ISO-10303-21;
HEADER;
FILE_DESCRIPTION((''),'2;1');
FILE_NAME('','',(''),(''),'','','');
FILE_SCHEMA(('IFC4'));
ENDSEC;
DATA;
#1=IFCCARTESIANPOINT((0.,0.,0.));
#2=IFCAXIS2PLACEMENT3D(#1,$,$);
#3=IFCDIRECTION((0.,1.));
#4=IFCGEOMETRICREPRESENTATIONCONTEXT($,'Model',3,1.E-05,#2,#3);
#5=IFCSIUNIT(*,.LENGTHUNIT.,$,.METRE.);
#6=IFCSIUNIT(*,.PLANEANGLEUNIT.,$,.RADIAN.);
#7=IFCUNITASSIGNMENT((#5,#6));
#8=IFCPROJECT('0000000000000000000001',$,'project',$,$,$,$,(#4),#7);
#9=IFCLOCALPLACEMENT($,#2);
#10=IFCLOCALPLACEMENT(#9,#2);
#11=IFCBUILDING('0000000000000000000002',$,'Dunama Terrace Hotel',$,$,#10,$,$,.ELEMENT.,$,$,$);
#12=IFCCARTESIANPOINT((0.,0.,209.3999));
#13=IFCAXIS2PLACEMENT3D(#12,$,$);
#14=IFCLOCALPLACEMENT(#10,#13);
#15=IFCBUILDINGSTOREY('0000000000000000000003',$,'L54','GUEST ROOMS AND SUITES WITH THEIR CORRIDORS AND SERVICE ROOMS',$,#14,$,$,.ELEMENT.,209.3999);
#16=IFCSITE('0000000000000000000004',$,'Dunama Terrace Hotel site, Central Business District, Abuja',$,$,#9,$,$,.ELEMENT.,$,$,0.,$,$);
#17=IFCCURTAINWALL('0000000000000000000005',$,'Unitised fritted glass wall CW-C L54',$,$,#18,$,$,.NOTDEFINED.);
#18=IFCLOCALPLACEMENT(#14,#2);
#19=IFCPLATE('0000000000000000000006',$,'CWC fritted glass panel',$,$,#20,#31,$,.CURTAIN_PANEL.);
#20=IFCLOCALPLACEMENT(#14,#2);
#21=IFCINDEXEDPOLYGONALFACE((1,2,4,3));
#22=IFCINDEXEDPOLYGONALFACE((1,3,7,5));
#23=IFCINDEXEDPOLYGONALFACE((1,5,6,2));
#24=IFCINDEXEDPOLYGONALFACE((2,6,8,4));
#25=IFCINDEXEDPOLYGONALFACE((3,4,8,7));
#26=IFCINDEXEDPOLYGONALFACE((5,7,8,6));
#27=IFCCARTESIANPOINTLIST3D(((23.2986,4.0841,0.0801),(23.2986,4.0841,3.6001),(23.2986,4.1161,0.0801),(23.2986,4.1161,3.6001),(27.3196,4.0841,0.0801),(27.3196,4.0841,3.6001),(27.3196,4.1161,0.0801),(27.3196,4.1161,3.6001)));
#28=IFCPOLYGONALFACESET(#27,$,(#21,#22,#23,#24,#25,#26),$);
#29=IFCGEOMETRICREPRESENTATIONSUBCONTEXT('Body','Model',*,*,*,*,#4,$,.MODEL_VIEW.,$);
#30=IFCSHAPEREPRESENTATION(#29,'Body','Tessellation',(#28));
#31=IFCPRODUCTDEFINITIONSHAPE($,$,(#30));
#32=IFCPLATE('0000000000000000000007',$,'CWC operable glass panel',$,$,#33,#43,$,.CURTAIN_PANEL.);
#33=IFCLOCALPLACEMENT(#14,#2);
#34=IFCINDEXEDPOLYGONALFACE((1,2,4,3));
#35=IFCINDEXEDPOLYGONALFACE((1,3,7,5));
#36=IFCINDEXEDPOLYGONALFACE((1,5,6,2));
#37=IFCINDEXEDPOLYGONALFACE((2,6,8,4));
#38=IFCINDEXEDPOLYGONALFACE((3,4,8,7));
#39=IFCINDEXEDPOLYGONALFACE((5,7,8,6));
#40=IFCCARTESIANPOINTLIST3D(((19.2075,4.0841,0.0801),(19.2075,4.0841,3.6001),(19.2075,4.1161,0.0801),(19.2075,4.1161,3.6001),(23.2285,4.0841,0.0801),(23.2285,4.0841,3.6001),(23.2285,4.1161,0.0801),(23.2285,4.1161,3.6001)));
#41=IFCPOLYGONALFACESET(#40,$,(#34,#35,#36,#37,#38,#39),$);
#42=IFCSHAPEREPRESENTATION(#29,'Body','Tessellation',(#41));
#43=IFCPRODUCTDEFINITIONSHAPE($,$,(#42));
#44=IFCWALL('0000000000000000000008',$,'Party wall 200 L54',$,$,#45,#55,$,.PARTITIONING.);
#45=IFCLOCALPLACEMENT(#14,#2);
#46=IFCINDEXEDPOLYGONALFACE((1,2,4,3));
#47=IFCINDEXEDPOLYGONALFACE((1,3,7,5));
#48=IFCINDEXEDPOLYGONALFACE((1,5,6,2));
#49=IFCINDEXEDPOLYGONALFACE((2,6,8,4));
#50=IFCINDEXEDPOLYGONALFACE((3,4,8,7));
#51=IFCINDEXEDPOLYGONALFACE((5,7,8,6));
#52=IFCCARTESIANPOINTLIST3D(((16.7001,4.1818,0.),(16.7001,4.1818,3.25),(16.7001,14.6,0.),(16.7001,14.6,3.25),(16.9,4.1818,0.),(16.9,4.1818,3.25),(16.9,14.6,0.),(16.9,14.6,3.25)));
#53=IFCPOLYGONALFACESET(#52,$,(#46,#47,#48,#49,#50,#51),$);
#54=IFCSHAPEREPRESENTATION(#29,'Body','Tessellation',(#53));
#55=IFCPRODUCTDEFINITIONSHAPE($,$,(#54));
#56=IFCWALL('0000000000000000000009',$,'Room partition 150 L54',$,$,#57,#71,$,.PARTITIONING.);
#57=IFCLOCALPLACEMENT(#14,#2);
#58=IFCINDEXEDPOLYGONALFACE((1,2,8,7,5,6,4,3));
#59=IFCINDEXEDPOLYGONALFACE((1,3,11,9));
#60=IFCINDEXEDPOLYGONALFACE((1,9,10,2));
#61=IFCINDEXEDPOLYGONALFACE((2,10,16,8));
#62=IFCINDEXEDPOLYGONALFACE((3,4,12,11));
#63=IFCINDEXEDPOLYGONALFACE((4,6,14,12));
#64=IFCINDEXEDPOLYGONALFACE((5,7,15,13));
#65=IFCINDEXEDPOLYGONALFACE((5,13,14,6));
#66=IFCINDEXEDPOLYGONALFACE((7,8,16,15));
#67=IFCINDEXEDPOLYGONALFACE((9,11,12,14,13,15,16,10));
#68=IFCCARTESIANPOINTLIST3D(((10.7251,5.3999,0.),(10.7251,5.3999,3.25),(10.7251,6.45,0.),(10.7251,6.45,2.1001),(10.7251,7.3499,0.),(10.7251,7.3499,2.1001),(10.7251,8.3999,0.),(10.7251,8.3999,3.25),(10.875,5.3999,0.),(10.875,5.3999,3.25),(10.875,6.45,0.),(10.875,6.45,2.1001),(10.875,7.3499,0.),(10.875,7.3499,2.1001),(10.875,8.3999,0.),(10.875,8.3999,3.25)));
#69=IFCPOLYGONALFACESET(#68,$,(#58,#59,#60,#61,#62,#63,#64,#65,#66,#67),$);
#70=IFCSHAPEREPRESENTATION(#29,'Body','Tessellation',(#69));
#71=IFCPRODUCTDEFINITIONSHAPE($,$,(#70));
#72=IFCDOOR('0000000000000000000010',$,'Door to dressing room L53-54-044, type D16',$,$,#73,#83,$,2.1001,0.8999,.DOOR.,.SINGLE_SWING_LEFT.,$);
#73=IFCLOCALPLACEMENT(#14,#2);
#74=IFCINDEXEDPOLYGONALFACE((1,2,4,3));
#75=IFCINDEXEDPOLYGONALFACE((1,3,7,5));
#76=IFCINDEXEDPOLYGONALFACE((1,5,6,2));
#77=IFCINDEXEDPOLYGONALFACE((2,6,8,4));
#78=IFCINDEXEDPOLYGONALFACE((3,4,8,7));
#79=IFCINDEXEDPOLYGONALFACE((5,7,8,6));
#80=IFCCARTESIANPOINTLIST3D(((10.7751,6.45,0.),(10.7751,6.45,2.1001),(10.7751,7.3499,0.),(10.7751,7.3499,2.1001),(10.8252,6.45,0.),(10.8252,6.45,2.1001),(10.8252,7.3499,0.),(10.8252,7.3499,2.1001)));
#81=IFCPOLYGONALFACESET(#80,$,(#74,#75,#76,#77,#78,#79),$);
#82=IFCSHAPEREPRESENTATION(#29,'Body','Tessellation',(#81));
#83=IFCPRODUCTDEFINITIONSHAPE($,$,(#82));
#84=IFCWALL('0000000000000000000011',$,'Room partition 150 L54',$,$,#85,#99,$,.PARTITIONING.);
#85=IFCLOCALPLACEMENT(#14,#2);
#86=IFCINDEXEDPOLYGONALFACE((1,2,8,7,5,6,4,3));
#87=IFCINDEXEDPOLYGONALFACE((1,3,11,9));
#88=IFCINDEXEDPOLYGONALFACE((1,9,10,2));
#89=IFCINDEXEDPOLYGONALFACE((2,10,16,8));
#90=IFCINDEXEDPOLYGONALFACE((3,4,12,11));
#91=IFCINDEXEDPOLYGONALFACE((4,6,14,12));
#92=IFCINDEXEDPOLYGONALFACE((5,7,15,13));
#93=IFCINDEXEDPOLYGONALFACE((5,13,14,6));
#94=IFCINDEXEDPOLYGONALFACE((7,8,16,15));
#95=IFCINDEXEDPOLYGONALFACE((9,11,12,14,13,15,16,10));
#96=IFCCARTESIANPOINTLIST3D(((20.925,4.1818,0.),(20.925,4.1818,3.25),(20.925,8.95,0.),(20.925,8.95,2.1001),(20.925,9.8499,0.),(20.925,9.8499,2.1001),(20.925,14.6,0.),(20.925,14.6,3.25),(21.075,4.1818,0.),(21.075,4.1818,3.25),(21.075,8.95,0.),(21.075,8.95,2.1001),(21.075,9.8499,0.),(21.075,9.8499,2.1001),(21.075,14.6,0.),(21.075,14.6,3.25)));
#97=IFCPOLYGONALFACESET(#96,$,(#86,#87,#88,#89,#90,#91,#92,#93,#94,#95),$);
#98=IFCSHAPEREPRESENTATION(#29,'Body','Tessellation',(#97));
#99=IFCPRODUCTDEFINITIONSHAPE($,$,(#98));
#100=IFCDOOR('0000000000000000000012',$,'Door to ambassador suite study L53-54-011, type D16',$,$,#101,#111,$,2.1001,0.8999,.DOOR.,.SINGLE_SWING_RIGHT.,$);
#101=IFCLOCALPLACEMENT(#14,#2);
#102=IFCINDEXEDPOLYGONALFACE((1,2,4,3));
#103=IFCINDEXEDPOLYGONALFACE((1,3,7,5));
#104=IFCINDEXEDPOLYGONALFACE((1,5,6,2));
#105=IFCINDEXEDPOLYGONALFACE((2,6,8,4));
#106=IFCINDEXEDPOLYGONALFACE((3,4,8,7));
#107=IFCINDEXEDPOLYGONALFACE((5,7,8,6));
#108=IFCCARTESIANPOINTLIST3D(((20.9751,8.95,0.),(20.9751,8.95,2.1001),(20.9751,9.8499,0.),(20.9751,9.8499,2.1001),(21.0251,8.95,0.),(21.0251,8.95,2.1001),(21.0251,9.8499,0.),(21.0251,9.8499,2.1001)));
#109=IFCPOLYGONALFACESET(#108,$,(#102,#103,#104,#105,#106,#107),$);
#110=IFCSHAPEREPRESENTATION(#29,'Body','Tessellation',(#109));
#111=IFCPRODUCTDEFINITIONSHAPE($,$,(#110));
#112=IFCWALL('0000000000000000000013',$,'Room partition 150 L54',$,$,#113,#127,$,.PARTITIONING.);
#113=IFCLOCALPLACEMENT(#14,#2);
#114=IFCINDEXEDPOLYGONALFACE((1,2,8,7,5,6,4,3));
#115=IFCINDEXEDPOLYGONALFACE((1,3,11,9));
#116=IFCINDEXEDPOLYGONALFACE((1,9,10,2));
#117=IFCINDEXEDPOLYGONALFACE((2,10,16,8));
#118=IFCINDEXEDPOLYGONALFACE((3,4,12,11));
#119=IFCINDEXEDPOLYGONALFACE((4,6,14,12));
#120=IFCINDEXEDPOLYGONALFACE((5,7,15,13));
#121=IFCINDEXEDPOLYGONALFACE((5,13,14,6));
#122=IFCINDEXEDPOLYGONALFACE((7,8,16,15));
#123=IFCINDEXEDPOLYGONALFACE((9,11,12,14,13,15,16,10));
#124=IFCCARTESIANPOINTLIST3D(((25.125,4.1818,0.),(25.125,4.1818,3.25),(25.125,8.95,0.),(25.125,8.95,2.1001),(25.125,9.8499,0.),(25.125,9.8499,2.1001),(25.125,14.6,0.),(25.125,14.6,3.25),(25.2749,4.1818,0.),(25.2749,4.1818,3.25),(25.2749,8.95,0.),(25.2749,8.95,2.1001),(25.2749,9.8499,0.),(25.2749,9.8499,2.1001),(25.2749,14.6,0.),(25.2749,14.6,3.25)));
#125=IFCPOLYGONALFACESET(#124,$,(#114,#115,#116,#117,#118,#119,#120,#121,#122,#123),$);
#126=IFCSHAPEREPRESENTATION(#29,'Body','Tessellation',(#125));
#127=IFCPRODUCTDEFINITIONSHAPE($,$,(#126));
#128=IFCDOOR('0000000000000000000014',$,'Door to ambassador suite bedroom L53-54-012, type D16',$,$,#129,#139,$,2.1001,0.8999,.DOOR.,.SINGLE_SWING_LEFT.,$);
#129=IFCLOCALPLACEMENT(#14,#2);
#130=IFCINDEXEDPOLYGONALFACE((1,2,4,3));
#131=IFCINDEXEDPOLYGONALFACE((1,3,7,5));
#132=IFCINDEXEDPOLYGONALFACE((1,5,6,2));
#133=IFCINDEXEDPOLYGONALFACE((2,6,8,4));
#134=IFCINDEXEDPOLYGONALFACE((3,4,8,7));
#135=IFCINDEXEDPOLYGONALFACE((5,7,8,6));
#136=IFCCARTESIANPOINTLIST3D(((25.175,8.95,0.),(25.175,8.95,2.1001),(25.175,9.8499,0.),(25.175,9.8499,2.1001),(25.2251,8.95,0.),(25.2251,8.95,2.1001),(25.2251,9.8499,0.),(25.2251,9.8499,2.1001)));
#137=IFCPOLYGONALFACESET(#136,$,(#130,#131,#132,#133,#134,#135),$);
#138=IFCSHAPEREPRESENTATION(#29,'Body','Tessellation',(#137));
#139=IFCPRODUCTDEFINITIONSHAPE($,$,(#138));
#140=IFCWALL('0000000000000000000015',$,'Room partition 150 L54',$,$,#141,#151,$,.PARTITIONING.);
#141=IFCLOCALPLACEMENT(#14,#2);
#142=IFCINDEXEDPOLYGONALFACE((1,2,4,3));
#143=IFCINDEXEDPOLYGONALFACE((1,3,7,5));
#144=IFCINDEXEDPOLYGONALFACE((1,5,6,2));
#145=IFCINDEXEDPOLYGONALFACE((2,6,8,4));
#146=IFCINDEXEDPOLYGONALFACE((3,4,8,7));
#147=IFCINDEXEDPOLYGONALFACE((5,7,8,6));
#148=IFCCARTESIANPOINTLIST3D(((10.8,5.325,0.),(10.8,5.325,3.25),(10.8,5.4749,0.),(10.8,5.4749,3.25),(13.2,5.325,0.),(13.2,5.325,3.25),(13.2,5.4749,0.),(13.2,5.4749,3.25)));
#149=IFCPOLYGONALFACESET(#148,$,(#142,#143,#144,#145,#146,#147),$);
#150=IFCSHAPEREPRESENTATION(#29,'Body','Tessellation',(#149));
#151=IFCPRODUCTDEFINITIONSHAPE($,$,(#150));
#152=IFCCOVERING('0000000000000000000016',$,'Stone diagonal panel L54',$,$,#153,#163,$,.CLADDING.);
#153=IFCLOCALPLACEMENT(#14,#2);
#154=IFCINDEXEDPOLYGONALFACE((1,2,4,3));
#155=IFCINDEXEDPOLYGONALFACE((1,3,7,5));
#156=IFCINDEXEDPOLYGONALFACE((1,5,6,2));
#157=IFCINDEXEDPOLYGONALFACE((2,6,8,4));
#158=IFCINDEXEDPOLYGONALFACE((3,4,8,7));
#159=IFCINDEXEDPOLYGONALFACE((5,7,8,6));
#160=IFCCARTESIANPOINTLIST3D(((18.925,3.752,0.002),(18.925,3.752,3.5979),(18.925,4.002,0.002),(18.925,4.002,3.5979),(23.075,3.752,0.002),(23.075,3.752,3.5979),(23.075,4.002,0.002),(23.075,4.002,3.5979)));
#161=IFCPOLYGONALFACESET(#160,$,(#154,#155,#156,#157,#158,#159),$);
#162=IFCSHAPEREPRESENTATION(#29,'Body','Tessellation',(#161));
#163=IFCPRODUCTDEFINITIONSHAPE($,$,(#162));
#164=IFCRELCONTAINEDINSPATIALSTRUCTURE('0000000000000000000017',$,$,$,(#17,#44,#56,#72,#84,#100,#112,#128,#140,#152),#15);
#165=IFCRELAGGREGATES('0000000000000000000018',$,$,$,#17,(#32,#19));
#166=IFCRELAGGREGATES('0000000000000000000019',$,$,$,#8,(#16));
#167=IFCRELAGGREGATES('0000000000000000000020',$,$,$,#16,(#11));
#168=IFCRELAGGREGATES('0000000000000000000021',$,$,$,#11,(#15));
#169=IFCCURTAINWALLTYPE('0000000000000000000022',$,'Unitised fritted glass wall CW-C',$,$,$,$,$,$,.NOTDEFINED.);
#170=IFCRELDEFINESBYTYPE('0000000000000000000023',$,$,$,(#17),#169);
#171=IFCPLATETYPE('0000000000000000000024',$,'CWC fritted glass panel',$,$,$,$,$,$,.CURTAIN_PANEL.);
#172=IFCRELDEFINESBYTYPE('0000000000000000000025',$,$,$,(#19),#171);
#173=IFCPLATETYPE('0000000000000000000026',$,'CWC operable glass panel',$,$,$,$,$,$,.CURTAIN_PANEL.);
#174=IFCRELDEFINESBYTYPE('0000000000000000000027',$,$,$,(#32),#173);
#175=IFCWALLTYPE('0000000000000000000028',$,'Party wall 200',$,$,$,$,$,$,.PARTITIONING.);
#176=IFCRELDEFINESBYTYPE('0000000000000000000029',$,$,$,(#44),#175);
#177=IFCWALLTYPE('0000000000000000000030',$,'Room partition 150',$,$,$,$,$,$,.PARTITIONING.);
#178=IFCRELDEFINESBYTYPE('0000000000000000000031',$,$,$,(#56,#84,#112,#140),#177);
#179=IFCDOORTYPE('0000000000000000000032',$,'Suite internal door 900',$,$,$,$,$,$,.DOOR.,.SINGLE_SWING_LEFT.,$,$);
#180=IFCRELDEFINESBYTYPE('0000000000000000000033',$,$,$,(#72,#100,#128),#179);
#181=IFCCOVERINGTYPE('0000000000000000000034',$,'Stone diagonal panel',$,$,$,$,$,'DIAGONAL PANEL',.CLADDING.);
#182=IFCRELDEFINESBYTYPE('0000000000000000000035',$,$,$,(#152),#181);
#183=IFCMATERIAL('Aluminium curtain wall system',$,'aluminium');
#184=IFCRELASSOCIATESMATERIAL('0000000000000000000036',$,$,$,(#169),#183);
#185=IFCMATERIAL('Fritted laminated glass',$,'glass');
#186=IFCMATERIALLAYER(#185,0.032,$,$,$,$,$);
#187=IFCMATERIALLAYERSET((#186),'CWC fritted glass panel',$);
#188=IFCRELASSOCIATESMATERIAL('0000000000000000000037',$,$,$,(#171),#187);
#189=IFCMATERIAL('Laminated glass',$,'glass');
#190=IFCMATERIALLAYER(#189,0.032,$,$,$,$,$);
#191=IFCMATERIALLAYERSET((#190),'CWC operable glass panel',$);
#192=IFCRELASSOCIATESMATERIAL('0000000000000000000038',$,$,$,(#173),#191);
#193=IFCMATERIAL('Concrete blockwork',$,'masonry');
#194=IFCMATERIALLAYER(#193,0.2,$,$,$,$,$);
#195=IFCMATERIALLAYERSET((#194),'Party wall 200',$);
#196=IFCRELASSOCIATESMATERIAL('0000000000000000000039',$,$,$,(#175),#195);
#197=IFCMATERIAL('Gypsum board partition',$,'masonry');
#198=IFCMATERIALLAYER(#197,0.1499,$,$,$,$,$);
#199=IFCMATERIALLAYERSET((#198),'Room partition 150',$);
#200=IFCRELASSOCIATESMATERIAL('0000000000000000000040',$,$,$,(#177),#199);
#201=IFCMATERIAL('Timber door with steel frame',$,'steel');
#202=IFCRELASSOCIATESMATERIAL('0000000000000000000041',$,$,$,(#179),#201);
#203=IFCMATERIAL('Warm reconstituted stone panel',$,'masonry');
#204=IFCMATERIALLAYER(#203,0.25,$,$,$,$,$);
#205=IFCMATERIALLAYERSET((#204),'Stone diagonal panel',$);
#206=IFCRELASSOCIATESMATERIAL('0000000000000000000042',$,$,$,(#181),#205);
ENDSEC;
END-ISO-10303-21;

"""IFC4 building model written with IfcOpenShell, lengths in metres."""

from ifc_helpers import new_model, si_unit, direction, frame, frame_2d, origin, origin_2d, place, context, subcontext, project, spatial, rectangle, extrude, material, layer, layer_set, type_object, element, fill, aggregate, save


model = new_model("IFC4")

# Units and contexts
model_context = context("Model", 3, precision=1e-05, world=origin(), true_north=direction((0.0, 1.0)))
body_context = subcontext(model_context, "Body", "Model", "MODEL_VIEW")
ifc_project = project(units=[si_unit("LENGTHUNIT", "METRE"), si_unit("PLANEANGLEUNIT", "RADIAN")], contexts=[model_context])

# Site, building, storey
site_placement = place(None, origin())
site = spatial("IfcSite", under=ifc_project, at=site_placement, Name="Dunama Terrace Hotel site, Central Business District, Abuja", CompositionType="ELEMENT", RefElevation=0.0)
building_placement = place(site_placement, origin())
building = spatial("IfcBuilding", under=site, at=building_placement, Name="Dunama Terrace Hotel", CompositionType="ELEMENT")
storey_placement = place(building_placement, frame((0.0, 0.0, 209.3999)))
storey = spatial("IfcBuildingStorey", under=building, at=storey_placement, Name="L54", Description="GUEST ROOMS AND SUITES WITH THEIR CORRIDORS AND SERVICE ROOMS", CompositionType="ELEMENT", Elevation=209.3999)

# Curtain wall
ifc_material_1 = material(Name="Aluminium curtain wall system", Category="aluminium")
curtain_wall_type = type_object("IfcCurtainWallType", Name="Unitised fritted glass wall CW-C", PredefinedType="NOTDEFINED", material=ifc_material_1)
curtain_wall_placement = place(storey_placement, origin())
curtain_wall = element("IfcCurtainWall", 1, at=curtain_wall_placement, inside=storey, type_object=curtain_wall_type, Name="Unitised fritted glass wall CW-C L54", PredefinedType="NOTDEFINED")

# Plates
ifc_material_2 = material(Name="Fritted laminated glass", Category="glass")
ifc_layer_1 = layer(ifc_material_2, 0.032)
ifc_layer_set_1 = layer_set([ifc_layer_1], Name="CWC fritted glass panel")
plate_type_1 = type_object("IfcPlateType", Name="CWC fritted glass panel", PredefinedType="CURTAIN_PANEL", material=ifc_layer_set_1)
plate_1_placement = place(storey_placement, frame((25.3091, 4.1001, 0.0801), z_axis=(0.0, 0.0, 1.0), x_axis=(1.0, 0.0, 0.0)))
plate_1 = element("IfcPlate", 2, at=plate_1_placement, type_object=plate_type_1, Name="CWC fritted glass panel", PredefinedType="CURTAIN_PANEL", context=body_context, shape_type="SweptSolid", body=[
    extrude(rectangle(XDim=4.021, YDim=0.032, at=origin_2d()), origin(), (0.0, 0.0, 1.0), 3.52),
])
ifc_material_3 = material(Name="Laminated glass", Category="glass")
ifc_layer_2 = layer(ifc_material_3, 0.032)
ifc_layer_set_2 = layer_set([ifc_layer_2], Name="CWC operable glass panel")
plate_type_2 = type_object("IfcPlateType", Name="CWC operable glass panel", PredefinedType="CURTAIN_PANEL", material=ifc_layer_set_2)
plate_2_placement = place(storey_placement, frame((21.218, 4.1001, 0.0801), z_axis=(0.0, 0.0, 1.0), x_axis=(1.0, 0.0, 0.0)))
plate_2 = element("IfcPlate", 3, at=plate_2_placement, type_object=plate_type_2, Name="CWC operable glass panel", PredefinedType="CURTAIN_PANEL", context=body_context, shape_type="SweptSolid", body=[
    extrude(rectangle(XDim=4.021, YDim=0.032, at=origin_2d()), origin(), (0.0, 0.0, 1.0), 3.52),
])
aggregate(curtain_wall, [plate_2, plate_1])

# Wall
ifc_material_4 = material(Name="Concrete blockwork", Category="masonry")
ifc_layer_3 = layer(ifc_material_4, 0.2)
ifc_layer_set_3 = layer_set([ifc_layer_3], Name="Party wall 200")
wall_type_1 = type_object("IfcWallType", Name="Party wall 200", PredefinedType="PARTITIONING", material=ifc_layer_set_3)
wall_1_placement = place(storey_placement, frame((16.8, 4.1819, 0.0), z_axis=(0.0, 0.0, 1.0), x_axis=(0.0, 1.0, 0.0)))
element("IfcWall", 4, at=wall_1_placement, inside=storey, type_object=wall_type_1, Name="Party wall 200 L54", PredefinedType="PARTITIONING", context=body_context, shape_type="SweptSolid", body=[
    extrude(rectangle(XDim=10.4182, YDim=0.2, at=frame_2d((5.209, 0.0))), origin(), (0.0, 0.0, 1.0), 3.25),
])

# Walls, openings, doors
ifc_material_5 = material(Name="Gypsum board partition", Category="masonry")
ifc_layer_4 = layer(ifc_material_5, 0.1499)
ifc_layer_set_4 = layer_set([ifc_layer_4], Name="Room partition 150")
wall_type_2 = type_object("IfcWallType", Name="Room partition 150", PredefinedType="PARTITIONING", material=ifc_layer_set_4)
wall_2_placement = place(storey_placement, frame((10.8, 5.3999, 0.0), z_axis=(0.0, 0.0, 1.0), x_axis=(0.0, 1.0, 0.0)))
wall_2 = element("IfcWall", 5, at=wall_2_placement, inside=storey, type_object=wall_type_2, Name="Room partition 150 L54", PredefinedType="PARTITIONING", context=body_context, shape_type="SweptSolid", body=[
    extrude(rectangle(XDim=3.0, YDim=0.1499, at=frame_2d((1.5, 0.0))), origin(), (0.0, 0.0, 1.0), 3.25),
])
opening_1_placement = place(wall_2_placement, frame((1.05, 0.0, 0.0)))
opening_1 = element("IfcOpeningElement", 6, at=opening_1_placement, cuts=wall_2, PredefinedType="OPENING", context=body_context, shape_type="SweptSolid", body=[
    extrude(rectangle(XDim=0.8999, YDim=2.1001, at=frame_2d((0.45, 1.05))), frame((0.0, 0.085, 0.0), z_axis=(0.0, -1.0, 0.0), x_axis=(1.0, 0.0, 0.0)), (0.0, 0.0, 1.0), 0.1699),
])
ifc_material_6 = material(Name="Timber door with steel frame", Category="steel")
door_type = type_object("IfcDoorType", Name="Suite internal door 900", OperationType="SINGLE_SWING_LEFT", PredefinedType="DOOR", material=ifc_material_6)
door_1_placement = place(opening_1_placement, frame((0.8999, 0.0, 0.0), z_axis=(0.0, 0.0, 1.0), x_axis=(-1.0, 0.0, 0.0)))
door_1 = element("IfcDoor", 7, at=door_1_placement, inside=storey, type_object=door_type, Name="Door to dressing room L53-54-044, type D16", OperationType="SINGLE_SWING_LEFT", OverallHeight=2.1001, OverallWidth=0.8999, PredefinedType="DOOR", context=body_context, shape_type="SweptSolid", body=[
    extrude(rectangle(XDim=0.8999, YDim=2.1001, at=frame_2d((0.45, 1.05))), frame((0.0, 0.0251, 0.0), z_axis=(0.0, -1.0, 0.0), x_axis=(1.0, 0.0, 0.0)), (0.0, 0.0, 1.0), 0.05),
])
fill(opening_1, door_1)
wall_3_placement = place(storey_placement, frame((21.0, 4.1819, 0.0), z_axis=(0.0, 0.0, 1.0), x_axis=(0.0, 1.0, 0.0)))
wall_3 = element("IfcWall", 8, at=wall_3_placement, inside=storey, type_object=wall_type_2, Name="Room partition 150 L54", PredefinedType="PARTITIONING", context=body_context, shape_type="SweptSolid", body=[
    extrude(rectangle(XDim=10.4182, YDim=0.1499, at=frame_2d((5.209, 0.0))), origin(), (0.0, 0.0, 1.0), 3.25),
])
opening_2_placement = place(wall_3_placement, frame((4.7681, 0.0, 0.0)))
opening_2 = element("IfcOpeningElement", 9, at=opening_2_placement, cuts=wall_3, PredefinedType="OPENING", context=body_context, shape_type="SweptSolid", body=[
    extrude(rectangle(XDim=0.8999, YDim=2.1001, at=frame_2d((0.45, 1.05))), frame((0.0, 0.085, 0.0), z_axis=(0.0, -1.0, 0.0), x_axis=(1.0, 0.0, 0.0)), (0.0, 0.0, 1.0), 0.1699),
])
door_2_placement = place(opening_2_placement, origin())
door_2 = element("IfcDoor", 10, at=door_2_placement, inside=storey, type_object=door_type, Name="Door to ambassador suite study L53-54-011, type D16", OperationType="SINGLE_SWING_RIGHT", OverallHeight=2.1001, OverallWidth=0.8999, PredefinedType="DOOR", context=body_context, shape_type="SweptSolid", body=[
    extrude(rectangle(XDim=0.8999, YDim=2.1001, at=frame_2d((0.45, 1.05))), frame((0.0, 0.0249, 0.0), z_axis=(0.0, -1.0, 0.0), x_axis=(1.0, 0.0, 0.0)), (0.0, 0.0, 1.0), 0.05),
])
fill(opening_2, door_2)
wall_4_placement = place(storey_placement, frame((25.2, 4.1819, 0.0), z_axis=(0.0, 0.0, 1.0), x_axis=(0.0, 1.0, 0.0)))
wall_4 = element("IfcWall", 11, at=wall_4_placement, inside=storey, type_object=wall_type_2, Name="Room partition 150 L54", PredefinedType="PARTITIONING", context=body_context, shape_type="SweptSolid", body=[
    extrude(rectangle(XDim=10.4182, YDim=0.1499, at=frame_2d((5.209, 0.0))), origin(), (0.0, 0.0, 1.0), 3.25),
])
opening_3_placement = place(wall_4_placement, frame((4.7681, 0.0, 0.0)))
opening_3 = element("IfcOpeningElement", 12, at=opening_3_placement, cuts=wall_4, PredefinedType="OPENING", context=body_context, shape_type="SweptSolid", body=[
    extrude(rectangle(XDim=0.8999, YDim=2.1001, at=frame_2d((0.45, 1.05))), frame((0.0, 0.085, 0.0), z_axis=(0.0, -1.0, 0.0), x_axis=(1.0, 0.0, 0.0)), (0.0, 0.0, 1.0), 0.1699),
])
door_3_placement = place(opening_3_placement, frame((0.8999, 0.0, 0.0), z_axis=(0.0, 0.0, 1.0), x_axis=(-1.0, 0.0, 0.0)))
door_3 = element("IfcDoor", 13, at=door_3_placement, inside=storey, type_object=door_type, Name="Door to ambassador suite bedroom L53-54-012, type D16", OperationType="SINGLE_SWING_LEFT", OverallHeight=2.1001, OverallWidth=0.8999, PredefinedType="DOOR", context=body_context, shape_type="SweptSolid", body=[
    extrude(rectangle(XDim=0.8999, YDim=2.1001, at=frame_2d((0.45, 1.05))), frame((0.0, 0.0251, 0.0), z_axis=(0.0, -1.0, 0.0), x_axis=(1.0, 0.0, 0.0)), (0.0, 0.0, 1.0), 0.05),
])
fill(opening_3, door_3)

# Wall
wall_5_placement = place(storey_placement, frame((10.8, 5.3999, 0.0), z_axis=(0.0, 0.0, 1.0), x_axis=(1.0, 0.0, 0.0)))
element("IfcWall", 14, at=wall_5_placement, inside=storey, type_object=wall_type_2, Name="Room partition 150 L54", PredefinedType="PARTITIONING", context=body_context, shape_type="SweptSolid", body=[
    extrude(rectangle(XDim=2.3999, YDim=0.1499, at=frame_2d((1.2, 0.0))), origin(), (0.0, 0.0, 1.0), 3.25),
])

# Covering
ifc_material_7 = material(Name="Warm reconstituted stone panel", Category="masonry")
ifc_layer_5 = layer(ifc_material_7, 0.25)
ifc_layer_set_5 = layer_set([ifc_layer_5], Name="Stone diagonal panel")
covering_type = type_object("IfcCoveringType", Name="Stone diagonal panel", ElementType="DIAGONAL PANEL", PredefinedType="CLADDING", material=ifc_layer_set_5)
covering_placement = place(storey_placement, frame((21.0, 3.877, 0.002), z_axis=(0.0, 0.0, 1.0), x_axis=(1.0, 0.0, 0.0)))
element("IfcCovering", 15, at=covering_placement, inside=storey, type_object=covering_type, Name="Stone diagonal panel L54", PredefinedType="CLADDING", context=body_context, shape_type="SweptSolid", body=[
    extrude(rectangle(XDim=4.1499, YDim=0.25, at=origin_2d()), origin(), (0.0, 0.0, 1.0), 3.5959),
])

save(model, "model.ifc")
